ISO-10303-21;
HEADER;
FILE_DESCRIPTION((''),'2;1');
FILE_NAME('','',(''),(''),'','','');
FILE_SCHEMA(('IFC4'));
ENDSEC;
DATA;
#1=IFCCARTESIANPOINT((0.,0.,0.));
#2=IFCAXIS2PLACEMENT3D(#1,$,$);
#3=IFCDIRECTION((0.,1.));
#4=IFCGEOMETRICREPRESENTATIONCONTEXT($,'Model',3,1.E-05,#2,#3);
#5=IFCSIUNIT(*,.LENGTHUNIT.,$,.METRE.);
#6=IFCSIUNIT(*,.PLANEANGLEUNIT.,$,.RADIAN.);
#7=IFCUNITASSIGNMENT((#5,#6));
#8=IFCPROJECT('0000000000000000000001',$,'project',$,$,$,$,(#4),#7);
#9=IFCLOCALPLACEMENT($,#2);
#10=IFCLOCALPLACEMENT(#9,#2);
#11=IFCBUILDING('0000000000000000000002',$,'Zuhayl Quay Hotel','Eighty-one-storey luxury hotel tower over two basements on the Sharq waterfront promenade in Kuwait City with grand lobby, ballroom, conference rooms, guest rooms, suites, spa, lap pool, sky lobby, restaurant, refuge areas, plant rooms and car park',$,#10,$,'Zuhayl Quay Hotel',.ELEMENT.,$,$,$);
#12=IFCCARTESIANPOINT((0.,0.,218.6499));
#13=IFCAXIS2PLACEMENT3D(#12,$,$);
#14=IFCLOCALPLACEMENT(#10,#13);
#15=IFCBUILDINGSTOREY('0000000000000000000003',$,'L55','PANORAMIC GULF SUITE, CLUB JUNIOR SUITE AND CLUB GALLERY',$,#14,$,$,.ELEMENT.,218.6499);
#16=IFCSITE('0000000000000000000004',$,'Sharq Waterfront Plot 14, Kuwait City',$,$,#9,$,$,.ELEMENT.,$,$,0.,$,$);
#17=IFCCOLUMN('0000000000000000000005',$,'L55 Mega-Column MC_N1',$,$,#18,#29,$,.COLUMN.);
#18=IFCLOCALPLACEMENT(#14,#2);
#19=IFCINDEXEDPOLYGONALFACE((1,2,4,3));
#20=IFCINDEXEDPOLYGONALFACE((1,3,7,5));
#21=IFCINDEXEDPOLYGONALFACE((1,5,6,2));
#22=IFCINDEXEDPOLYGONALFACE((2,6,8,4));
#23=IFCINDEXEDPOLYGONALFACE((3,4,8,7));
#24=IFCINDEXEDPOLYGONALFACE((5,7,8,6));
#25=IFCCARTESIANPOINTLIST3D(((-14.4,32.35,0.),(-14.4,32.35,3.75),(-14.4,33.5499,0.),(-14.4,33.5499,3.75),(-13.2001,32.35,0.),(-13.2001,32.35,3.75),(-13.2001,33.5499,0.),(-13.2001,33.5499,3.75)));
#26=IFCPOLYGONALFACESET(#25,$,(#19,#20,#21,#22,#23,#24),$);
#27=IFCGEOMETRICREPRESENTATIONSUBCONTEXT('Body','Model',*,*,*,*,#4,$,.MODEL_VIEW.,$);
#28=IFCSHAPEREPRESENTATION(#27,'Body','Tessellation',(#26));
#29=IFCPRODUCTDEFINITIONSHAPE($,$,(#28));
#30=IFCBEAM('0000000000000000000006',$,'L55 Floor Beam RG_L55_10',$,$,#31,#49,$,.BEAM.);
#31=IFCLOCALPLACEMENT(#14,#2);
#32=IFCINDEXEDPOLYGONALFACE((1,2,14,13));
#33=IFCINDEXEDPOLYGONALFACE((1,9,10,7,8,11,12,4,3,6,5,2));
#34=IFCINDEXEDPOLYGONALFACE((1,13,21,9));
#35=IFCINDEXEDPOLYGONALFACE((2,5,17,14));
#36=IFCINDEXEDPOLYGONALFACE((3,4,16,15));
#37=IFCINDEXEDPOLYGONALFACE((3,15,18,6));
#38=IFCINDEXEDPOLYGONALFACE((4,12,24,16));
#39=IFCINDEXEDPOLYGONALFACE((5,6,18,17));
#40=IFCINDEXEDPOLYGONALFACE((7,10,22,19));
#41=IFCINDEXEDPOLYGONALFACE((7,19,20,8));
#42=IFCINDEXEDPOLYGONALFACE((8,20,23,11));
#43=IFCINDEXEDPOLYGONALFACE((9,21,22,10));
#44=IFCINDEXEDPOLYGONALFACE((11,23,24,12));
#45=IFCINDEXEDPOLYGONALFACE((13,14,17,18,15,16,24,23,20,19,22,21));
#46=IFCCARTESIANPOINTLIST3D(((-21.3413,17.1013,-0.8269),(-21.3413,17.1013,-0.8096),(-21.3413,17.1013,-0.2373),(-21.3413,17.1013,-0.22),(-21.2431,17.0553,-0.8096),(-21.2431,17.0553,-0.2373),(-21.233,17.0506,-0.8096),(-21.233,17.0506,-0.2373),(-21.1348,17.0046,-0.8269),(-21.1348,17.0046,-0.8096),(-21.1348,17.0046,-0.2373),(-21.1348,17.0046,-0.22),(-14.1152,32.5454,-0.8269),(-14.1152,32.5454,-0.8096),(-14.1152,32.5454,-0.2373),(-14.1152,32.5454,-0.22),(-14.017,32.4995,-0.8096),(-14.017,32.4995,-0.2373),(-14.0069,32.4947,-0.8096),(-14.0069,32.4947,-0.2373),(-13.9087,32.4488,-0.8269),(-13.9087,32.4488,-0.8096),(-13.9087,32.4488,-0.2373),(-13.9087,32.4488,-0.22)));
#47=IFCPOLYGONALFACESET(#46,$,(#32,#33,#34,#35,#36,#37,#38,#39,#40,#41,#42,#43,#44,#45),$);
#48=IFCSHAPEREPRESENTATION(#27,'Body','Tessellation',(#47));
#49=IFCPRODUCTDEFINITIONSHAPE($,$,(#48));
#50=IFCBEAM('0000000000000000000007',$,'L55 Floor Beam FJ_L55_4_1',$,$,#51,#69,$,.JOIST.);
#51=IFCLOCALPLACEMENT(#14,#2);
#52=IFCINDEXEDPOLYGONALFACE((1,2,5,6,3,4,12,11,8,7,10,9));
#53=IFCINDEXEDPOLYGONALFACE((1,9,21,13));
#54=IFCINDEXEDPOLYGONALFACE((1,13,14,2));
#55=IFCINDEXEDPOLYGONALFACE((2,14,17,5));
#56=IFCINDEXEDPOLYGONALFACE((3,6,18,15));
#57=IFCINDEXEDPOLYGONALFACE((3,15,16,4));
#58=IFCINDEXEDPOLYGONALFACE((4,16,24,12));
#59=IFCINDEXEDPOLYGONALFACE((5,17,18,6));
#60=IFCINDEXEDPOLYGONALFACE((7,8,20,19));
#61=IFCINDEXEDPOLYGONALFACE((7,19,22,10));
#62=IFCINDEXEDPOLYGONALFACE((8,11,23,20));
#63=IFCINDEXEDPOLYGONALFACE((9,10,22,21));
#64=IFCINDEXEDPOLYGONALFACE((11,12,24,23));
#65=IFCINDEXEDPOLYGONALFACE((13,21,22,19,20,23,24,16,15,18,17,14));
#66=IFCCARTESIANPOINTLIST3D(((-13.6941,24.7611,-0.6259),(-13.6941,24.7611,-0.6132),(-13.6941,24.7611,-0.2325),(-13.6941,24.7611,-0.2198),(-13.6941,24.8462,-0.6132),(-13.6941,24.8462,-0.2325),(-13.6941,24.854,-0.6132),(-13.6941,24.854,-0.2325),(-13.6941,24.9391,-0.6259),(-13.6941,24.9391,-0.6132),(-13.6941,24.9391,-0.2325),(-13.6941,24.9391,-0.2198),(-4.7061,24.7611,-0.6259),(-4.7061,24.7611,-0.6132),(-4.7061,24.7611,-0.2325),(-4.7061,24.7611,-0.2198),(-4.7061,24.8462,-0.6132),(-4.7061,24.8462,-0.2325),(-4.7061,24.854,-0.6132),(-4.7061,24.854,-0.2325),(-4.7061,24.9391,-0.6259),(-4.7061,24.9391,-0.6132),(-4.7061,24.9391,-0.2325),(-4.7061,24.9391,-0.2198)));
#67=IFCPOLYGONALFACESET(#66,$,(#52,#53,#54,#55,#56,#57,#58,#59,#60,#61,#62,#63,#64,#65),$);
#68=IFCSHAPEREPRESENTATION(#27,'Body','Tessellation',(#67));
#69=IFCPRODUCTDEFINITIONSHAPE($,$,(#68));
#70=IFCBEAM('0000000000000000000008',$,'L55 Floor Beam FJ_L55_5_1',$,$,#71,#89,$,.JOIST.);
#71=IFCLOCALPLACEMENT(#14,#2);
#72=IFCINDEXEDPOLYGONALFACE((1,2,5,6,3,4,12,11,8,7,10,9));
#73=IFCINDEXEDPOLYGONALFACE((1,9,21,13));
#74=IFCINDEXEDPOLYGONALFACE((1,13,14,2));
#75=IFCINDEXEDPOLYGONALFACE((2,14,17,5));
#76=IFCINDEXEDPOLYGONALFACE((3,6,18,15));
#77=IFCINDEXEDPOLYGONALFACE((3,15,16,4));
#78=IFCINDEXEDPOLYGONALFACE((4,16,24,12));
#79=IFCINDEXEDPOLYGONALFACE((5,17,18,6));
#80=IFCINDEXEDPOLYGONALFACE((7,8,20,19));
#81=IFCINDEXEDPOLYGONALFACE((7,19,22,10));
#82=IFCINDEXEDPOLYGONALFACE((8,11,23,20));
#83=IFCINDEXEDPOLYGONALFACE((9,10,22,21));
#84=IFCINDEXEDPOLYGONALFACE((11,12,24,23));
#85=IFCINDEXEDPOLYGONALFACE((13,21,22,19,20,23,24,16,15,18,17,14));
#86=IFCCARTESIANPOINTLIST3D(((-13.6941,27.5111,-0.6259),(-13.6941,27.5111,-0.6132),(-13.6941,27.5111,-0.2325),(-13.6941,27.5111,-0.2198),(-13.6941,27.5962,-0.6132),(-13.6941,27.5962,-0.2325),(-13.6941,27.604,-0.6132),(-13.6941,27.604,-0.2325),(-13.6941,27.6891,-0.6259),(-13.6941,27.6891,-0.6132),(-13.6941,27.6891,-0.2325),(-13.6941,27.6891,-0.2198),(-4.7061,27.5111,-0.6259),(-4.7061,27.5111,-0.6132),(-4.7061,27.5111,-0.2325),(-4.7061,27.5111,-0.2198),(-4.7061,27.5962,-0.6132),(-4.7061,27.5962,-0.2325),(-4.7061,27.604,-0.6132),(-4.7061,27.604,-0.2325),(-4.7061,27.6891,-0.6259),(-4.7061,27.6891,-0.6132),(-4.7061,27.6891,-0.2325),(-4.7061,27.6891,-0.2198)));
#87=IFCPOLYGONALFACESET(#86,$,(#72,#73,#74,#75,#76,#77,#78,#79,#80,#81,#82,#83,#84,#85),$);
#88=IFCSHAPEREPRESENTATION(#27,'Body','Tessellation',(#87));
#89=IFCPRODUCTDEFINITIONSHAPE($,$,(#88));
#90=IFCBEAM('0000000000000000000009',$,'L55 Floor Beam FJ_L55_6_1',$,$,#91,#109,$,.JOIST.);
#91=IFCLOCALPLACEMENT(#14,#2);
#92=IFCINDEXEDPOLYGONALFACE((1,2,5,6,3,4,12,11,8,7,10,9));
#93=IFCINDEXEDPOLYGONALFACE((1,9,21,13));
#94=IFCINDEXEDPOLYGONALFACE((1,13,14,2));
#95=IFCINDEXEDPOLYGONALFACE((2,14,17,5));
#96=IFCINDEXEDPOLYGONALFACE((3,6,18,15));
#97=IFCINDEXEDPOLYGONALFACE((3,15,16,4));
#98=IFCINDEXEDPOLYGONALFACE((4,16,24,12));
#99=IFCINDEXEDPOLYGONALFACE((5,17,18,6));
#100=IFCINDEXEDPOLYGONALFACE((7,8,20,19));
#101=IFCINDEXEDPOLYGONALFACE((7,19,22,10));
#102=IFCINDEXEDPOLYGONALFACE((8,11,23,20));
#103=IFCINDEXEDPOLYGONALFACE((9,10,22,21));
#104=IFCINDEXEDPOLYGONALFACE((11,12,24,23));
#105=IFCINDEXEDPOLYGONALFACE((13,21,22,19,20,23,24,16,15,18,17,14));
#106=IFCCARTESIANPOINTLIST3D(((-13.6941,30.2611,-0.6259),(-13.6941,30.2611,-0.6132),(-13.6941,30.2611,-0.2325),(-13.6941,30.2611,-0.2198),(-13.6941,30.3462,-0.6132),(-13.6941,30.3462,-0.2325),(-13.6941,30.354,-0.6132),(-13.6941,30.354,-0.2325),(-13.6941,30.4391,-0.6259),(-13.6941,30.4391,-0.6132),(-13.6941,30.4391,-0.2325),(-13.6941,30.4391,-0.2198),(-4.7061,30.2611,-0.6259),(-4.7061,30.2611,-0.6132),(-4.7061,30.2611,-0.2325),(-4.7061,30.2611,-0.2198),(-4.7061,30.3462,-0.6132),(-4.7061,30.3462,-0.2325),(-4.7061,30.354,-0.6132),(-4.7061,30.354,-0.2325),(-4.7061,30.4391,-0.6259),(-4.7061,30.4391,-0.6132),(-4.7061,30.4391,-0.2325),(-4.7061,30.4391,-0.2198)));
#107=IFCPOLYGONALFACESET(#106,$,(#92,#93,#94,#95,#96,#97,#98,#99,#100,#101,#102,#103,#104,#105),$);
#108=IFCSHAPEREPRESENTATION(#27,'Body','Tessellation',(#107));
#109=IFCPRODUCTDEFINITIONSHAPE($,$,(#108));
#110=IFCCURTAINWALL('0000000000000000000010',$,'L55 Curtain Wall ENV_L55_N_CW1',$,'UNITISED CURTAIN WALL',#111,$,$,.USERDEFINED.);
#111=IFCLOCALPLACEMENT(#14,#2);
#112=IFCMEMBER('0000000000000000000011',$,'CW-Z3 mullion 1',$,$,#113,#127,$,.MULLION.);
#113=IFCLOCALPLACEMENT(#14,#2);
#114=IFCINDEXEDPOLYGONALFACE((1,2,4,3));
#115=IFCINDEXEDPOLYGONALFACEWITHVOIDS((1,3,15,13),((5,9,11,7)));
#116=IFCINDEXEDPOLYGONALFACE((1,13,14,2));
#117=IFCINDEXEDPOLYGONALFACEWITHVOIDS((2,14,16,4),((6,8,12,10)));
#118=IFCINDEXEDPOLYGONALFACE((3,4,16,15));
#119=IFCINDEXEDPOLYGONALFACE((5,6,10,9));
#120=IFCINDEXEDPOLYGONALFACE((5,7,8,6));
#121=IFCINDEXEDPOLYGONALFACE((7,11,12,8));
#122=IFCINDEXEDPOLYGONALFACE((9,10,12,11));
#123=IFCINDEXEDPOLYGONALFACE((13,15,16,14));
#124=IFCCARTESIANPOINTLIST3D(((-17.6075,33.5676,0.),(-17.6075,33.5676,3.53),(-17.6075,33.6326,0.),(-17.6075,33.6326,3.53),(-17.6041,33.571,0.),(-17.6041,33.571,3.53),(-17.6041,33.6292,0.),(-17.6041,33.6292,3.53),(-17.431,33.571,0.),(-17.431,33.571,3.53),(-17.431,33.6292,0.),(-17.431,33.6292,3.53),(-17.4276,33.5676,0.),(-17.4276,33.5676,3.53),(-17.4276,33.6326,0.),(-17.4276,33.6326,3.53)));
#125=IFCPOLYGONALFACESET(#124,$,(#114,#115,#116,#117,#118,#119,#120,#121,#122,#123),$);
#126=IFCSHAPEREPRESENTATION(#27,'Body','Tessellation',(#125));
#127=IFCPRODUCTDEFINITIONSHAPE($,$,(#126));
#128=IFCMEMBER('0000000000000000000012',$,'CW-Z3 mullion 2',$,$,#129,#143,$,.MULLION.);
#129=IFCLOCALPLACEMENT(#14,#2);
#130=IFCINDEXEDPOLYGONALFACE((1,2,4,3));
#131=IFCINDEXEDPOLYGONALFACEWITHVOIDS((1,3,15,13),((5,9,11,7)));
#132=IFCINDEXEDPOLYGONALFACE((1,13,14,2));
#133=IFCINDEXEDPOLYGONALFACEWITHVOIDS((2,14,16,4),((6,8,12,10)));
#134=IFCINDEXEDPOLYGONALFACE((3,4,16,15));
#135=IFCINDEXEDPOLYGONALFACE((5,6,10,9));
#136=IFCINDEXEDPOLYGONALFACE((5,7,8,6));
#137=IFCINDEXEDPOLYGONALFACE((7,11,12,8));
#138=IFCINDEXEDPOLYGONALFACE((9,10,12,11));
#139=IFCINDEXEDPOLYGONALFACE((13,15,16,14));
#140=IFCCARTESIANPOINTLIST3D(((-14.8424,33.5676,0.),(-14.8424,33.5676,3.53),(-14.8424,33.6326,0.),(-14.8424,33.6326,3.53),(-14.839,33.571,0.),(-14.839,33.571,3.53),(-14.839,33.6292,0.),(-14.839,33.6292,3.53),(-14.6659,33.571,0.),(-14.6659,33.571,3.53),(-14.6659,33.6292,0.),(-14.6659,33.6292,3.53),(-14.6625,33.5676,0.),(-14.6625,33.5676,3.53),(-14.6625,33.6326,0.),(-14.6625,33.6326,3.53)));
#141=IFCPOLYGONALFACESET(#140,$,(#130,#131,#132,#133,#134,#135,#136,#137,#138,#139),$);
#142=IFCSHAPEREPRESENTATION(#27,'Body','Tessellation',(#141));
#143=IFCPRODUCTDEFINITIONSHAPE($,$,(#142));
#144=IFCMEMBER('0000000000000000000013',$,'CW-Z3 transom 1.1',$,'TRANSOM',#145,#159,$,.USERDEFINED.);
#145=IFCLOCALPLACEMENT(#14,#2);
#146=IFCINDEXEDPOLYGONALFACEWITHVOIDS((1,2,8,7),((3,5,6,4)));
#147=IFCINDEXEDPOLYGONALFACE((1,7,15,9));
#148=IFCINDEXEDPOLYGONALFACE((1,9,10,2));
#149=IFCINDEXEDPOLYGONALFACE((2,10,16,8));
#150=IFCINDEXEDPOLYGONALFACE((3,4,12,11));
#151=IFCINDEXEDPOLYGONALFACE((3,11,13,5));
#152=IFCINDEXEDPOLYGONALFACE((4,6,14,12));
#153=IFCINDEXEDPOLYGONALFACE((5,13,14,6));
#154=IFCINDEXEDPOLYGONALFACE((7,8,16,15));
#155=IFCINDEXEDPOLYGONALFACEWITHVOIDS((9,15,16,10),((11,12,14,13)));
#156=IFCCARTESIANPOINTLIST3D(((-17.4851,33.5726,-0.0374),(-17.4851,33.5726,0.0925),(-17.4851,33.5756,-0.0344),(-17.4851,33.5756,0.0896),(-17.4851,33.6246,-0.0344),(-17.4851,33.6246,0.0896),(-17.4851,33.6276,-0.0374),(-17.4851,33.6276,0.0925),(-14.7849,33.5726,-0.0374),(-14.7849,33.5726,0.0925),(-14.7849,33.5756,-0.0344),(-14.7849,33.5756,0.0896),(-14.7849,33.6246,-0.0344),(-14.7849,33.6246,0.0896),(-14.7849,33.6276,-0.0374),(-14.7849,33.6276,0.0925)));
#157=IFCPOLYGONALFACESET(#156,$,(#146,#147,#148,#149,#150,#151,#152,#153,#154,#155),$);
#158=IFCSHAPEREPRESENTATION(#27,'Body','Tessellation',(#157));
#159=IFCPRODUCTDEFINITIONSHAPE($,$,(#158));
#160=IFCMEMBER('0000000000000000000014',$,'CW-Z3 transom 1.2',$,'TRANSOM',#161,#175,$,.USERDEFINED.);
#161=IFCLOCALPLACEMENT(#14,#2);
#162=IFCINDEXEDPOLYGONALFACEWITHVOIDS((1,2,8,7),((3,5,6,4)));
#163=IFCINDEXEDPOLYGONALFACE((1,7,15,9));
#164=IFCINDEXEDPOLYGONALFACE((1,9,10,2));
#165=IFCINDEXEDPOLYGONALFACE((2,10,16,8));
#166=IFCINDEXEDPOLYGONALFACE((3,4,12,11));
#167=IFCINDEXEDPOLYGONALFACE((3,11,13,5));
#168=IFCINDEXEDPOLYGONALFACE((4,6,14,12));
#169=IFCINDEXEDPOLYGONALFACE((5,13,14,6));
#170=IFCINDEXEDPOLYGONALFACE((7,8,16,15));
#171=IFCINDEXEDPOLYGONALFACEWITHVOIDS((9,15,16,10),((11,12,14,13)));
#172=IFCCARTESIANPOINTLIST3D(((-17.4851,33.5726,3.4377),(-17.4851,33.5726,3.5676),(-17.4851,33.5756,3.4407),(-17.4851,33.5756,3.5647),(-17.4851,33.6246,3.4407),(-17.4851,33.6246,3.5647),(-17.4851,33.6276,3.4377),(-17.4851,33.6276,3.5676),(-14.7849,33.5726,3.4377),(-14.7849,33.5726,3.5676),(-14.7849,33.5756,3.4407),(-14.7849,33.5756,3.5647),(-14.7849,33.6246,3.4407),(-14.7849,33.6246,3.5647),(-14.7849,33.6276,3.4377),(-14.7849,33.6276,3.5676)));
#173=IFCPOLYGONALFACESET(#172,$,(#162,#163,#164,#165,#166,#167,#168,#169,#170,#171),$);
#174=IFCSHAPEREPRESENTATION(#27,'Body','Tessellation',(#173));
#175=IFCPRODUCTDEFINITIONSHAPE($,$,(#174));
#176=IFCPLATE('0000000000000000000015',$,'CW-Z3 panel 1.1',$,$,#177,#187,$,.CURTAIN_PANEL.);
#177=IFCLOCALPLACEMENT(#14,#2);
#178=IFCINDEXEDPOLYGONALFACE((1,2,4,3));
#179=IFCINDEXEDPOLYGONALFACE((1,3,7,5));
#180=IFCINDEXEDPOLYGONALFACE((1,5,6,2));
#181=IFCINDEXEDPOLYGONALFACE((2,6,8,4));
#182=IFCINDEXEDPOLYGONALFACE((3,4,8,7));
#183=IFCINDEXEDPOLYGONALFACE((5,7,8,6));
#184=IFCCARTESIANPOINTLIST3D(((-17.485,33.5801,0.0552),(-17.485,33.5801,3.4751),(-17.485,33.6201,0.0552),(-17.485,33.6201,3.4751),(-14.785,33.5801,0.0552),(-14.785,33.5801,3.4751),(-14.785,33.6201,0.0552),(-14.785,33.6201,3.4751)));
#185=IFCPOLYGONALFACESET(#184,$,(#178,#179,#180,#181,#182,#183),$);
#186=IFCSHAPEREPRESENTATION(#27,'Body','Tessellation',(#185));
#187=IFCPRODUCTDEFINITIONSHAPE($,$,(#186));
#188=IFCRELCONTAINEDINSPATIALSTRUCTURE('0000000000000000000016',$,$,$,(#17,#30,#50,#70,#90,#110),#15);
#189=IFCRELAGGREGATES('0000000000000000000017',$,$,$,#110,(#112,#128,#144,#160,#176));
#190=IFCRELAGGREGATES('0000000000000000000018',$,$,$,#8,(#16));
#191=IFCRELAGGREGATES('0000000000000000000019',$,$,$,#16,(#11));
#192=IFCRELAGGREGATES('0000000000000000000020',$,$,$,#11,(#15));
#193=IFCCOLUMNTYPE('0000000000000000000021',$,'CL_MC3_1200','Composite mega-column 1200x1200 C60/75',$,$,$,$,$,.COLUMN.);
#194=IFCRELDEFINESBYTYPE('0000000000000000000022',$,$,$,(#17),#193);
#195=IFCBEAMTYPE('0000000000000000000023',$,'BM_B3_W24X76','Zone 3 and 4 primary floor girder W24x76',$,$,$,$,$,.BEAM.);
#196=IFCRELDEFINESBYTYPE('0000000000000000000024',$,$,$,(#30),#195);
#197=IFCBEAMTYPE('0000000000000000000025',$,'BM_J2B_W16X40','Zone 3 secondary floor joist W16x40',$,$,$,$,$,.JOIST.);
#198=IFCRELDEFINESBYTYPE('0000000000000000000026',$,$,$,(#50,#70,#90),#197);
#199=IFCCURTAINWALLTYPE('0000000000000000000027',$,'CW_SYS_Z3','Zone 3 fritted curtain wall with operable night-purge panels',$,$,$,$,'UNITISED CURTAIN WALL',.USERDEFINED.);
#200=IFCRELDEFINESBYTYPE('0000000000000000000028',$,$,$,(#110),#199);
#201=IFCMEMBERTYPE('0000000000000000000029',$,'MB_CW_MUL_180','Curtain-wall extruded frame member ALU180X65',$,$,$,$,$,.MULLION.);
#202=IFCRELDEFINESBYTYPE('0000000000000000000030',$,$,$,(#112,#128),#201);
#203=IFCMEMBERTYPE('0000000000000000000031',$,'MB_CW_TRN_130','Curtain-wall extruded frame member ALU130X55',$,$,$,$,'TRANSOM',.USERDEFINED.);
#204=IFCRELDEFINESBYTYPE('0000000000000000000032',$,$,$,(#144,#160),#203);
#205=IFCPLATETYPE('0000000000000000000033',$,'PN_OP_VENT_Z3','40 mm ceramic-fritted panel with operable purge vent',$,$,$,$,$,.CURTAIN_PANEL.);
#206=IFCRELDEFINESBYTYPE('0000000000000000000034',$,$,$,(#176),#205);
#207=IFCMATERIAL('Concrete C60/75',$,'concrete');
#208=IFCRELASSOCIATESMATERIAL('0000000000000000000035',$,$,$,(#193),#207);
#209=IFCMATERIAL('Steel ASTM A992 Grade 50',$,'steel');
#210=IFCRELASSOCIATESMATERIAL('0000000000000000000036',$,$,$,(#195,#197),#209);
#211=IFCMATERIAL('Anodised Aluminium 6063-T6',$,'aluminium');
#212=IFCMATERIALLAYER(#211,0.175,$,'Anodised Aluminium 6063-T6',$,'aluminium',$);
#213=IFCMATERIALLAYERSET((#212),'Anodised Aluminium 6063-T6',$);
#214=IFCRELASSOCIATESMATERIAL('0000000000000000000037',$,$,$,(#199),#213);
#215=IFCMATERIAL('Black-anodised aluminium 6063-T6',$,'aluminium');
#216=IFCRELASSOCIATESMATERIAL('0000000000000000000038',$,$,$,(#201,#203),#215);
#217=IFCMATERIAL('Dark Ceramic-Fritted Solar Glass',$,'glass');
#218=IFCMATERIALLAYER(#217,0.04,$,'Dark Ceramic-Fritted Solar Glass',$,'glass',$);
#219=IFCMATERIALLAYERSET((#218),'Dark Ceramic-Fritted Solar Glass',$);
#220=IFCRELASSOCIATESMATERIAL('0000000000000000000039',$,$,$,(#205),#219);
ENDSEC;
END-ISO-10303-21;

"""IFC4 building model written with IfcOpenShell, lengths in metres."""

from ifc_helpers import new_model, si_unit, direction, frame, origin, origin_2d, place, context, subcontext, project, spatial, rectangle, hollow_rectangle, i_section, extrude, material, layer, layer_set, material_profile, profile_set, type_object, element, aggregate, save


model = new_model("IFC4")

# Units and contexts
model_context = context("Model", 3, precision=1e-05, world=origin(), true_north=direction((0.0, 1.0)))
body_context = subcontext(model_context, "Body", "Model", "MODEL_VIEW")
ifc_project = project(units=[si_unit("LENGTHUNIT", "METRE"), si_unit("PLANEANGLEUNIT", "RADIAN")], contexts=[model_context])

# Site, building, storey
site_placement = place(None, origin())
site = spatial("IfcSite", under=ifc_project, at=site_placement, Name="Sharq Waterfront Plot 14, Kuwait City", CompositionType="ELEMENT", RefElevation=0.0)
building_placement = place(site_placement, origin())
building = spatial("IfcBuilding", under=site, at=building_placement, Name="Zuhayl Quay Hotel", Description="Eighty-one-storey luxury hotel tower over two basements on the Sharq waterfront promenade in Kuwait City with grand lobby, ballroom, conference rooms, guest rooms, suites, spa, lap pool, sky lobby, restaurant, refuge areas, plant rooms and car park", LongName="Zuhayl Quay Hotel", CompositionType="ELEMENT")
storey_placement = place(building_placement, frame((0.0, 0.0, 218.6499)))
storey = spatial("IfcBuildingStorey", under=building, at=storey_placement, Name="L55", Description="PANORAMIC GULF SUITE, CLUB JUNIOR SUITE AND CLUB GALLERY", CompositionType="ELEMENT", Elevation=218.6499)

# Column
ifc_material_1 = material(Name="Concrete C60/75", Category="concrete")
ifc_material_profile_1 = material_profile(ifc_material_1, rectangle(XDim=1.2, YDim=1.2, at=origin_2d()), Name="RC1200X1200")
ifc_profile_set_1 = profile_set([ifc_material_profile_1], Name="Concrete C60/75")
column_type = type_object("IfcColumnType", Name="CL_MC3_1200", Description="Composite mega-column 1200x1200 C60/75", PredefinedType="COLUMN", material=ifc_profile_set_1)
column_placement = place(storey_placement, frame((-13.8, 32.95, 0.0), z_axis=(0.0, 0.0, 1.0), x_axis=(1.0, 0.0, 0.0)))
element("IfcColumn", 1, at=column_placement, inside=storey, type_object=column_type, Name="L55 Mega-Column MC_N1", PredefinedType="COLUMN", context=body_context, shape_type="SweptSolid", body=[
    extrude(rectangle(XDim=1.2, YDim=1.2, at=origin_2d()), origin(), (0.0, 0.0, 1.0), 3.75),
])

# Beams
ifc_material_2 = material(Name="Steel ASTM A992 Grade 50", Category="steel")
ifc_material_profile_2 = material_profile(ifc_material_2, i_section(OverallWidth=0.228, OverallDepth=0.6069, WebThickness=0.0112, FlangeThickness=0.0173, at=origin_2d()), Name="W24X76")
ifc_profile_set_2 = profile_set([ifc_material_profile_2], Name="Steel ASTM A992 Grade 50")
beam_type_1 = type_object("IfcBeamType", Name="BM_B3_W24X76", Description="Zone 3 and 4 primary floor girder W24x76", PredefinedType="BEAM", material=ifc_profile_set_2)
beam_placement = place(storey_placement, frame((-14.012, 32.4971, -0.5234), z_axis=(-0.423792, -0.905759, 0.0), x_axis=(0.905759, -0.423792, 0.0)))
element("IfcBeam", 2, at=beam_placement, inside=storey, type_object=beam_type_1, Name="L55 Floor Beam RG_L55_10", PredefinedType="BEAM", context=body_context, shape_type="SweptSolid", body=[
    extrude(i_section(OverallWidth=0.228, OverallDepth=0.6069, WebThickness=0.0112, FlangeThickness=0.0173, at=origin_2d()), origin(), (0.0, 0.0, 1.0), 17.051),
])
ifc_material_profile_3 = material_profile(ifc_material_2, i_section(OverallWidth=0.178, OverallDepth=0.406, WebThickness=0.0078, FlangeThickness=0.0127, at=origin_2d()), Name="W16X40")
ifc_profile_set_3 = profile_set([ifc_material_profile_3], Name="Steel ASTM A992 Grade 50")
beam_type_2 = type_object("IfcBeamType", Name="BM_J2B_W16X40", Description="Zone 3 secondary floor joist W16x40", PredefinedType="JOIST", material=ifc_profile_set_3)
for number, where, z_axis, x_axis, name in (
    (3, (-13.6941, 24.8501, -0.4229), (1.0, 0.0, 0.0), (0.0, 1.0, 0.0), "L55 Floor Beam FJ_L55_4_1"),
    (4, (-13.6941, 27.6001, -0.4229), (1.0, 0.0, 0.0), (0.0, 1.0, 0.0), "L55 Floor Beam FJ_L55_5_1"),
    (5, (-13.6941, 30.3501, -0.4229), (1.0, 0.0, 0.0), (0.0, 1.0, 0.0), "L55 Floor Beam FJ_L55_6_1"),
):
    element("IfcBeam", number, at=place(storey_placement, frame(where, z_axis=z_axis, x_axis=x_axis)), inside=storey, type_object=beam_type_2, Name=name, PredefinedType="JOIST", context=body_context, shape_type="SweptSolid", body=[
        extrude(i_section(OverallWidth=0.178, OverallDepth=0.406, WebThickness=0.0078, FlangeThickness=0.0127, at=origin_2d()), origin(), (0.0, 0.0, 1.0), 8.988),
    ])

# Curtain wall, members, plate
ifc_material_3 = material(Name="Anodised Aluminium 6063-T6", Category="aluminium")
ifc_layer_1 = layer(ifc_material_3, 0.175, Name="Anodised Aluminium 6063-T6", Category="aluminium")
ifc_layer_set_1 = layer_set([ifc_layer_1], Name="Anodised Aluminium 6063-T6")
curtain_wall_type = type_object("IfcCurtainWallType", Name="CW_SYS_Z3", Description="Zone 3 fritted curtain wall with operable night-purge panels", ElementType="UNITISED CURTAIN WALL", PredefinedType="USERDEFINED", material=ifc_layer_set_1)
curtain_wall_placement = place(storey_placement, origin())
curtain_wall = element("IfcCurtainWall", 6, at=curtain_wall_placement, inside=storey, type_object=curtain_wall_type, Name="L55 Curtain Wall ENV_L55_N_CW1", ObjectType="UNITISED CURTAIN WALL", PredefinedType="USERDEFINED")
ifc_material_4 = material(Name="Black-anodised aluminium 6063-T6", Category="aluminium")
ifc_material_profile_4 = material_profile(ifc_material_4, hollow_rectangle(XDim=0.0649, YDim=0.1799, WallThickness=0.0034, at=origin_2d()), Name="ALU180X65")
ifc_profile_set_4 = profile_set([ifc_material_profile_4], Name="Black-anodised aluminium 6063-T6")
member_type_1 = type_object("IfcMemberType", Name="MB_CW_MUL_180", Description="Curtain-wall extruded frame member ALU180X65", PredefinedType="MULLION", material=ifc_profile_set_4)
member_1_placement = place(storey_placement, frame((-17.5176, 33.6001, 0.0), z_axis=(0.0, 0.0, 1.0), x_axis=(0.0, 1.0, 0.0)))
member_1 = element("IfcMember", 7, at=member_1_placement, type_object=member_type_1, Name="CW-Z3 mullion 1", PredefinedType="MULLION", context=body_context, shape_type="SweptSolid", body=[
    extrude(hollow_rectangle(XDim=0.0649, YDim=0.1799, WallThickness=0.0034, at=origin_2d()), origin(), (0.0, 0.0, 1.0), 3.53),
])
member_2_placement = place(storey_placement, frame((-14.7524, 33.6001, 0.0), z_axis=(0.0, 0.0, 1.0), x_axis=(0.0, 1.0, 0.0)))
member_2 = element("IfcMember", 8, at=member_2_placement, type_object=member_type_1, Name="CW-Z3 mullion 2", PredefinedType="MULLION", context=body_context, shape_type="SweptSolid", body=[
    extrude(hollow_rectangle(XDim=0.0649, YDim=0.1799, WallThickness=0.0034, at=origin_2d()), origin(), (0.0, 0.0, 1.0), 3.53),
])
ifc_material_profile_5 = material_profile(ifc_material_4, hollow_rectangle(XDim=0.0549, YDim=0.1299, WallThickness=0.0029, at=origin_2d()), Name="ALU130X55")
ifc_profile_set_5 = profile_set([ifc_material_profile_5], Name="Black-anodised aluminium 6063-T6")
member_type_2 = type_object("IfcMemberType", Name="MB_CW_TRN_130", Description="Curtain-wall extruded frame member ALU130X55", ElementType="TRANSOM", PredefinedType="USERDEFINED", material=ifc_profile_set_5)
member_3_placement = place(storey_placement, frame((-17.4851, 33.6001, 0.0276), z_axis=(1.0, 0.0, 0.0), x_axis=(0.0, 1.0, 0.0)))
member_3 = element("IfcMember", 9, at=member_3_placement, type_object=member_type_2, Name="CW-Z3 transom 1.1", ObjectType="TRANSOM", PredefinedType="USERDEFINED", context=body_context, shape_type="SweptSolid", body=[
    extrude(hollow_rectangle(XDim=0.0549, YDim=0.1299, WallThickness=0.0029, at=origin_2d()), origin(), (0.0, 0.0, 1.0), 2.7002),
])
member_4_placement = place(storey_placement, frame((-17.4851, 33.6001, 3.5027), z_axis=(1.0, 0.0, 0.0), x_axis=(0.0, 1.0, 0.0)))
member_4 = element("IfcMember", 10, at=member_4_placement, type_object=member_type_2, Name="CW-Z3 transom 1.2", ObjectType="TRANSOM", PredefinedType="USERDEFINED", context=body_context, shape_type="SweptSolid", body=[
    extrude(hollow_rectangle(XDim=0.0549, YDim=0.1299, WallThickness=0.0029, at=origin_2d()), origin(), (0.0, 0.0, 1.0), 2.7002),
])
ifc_material_5 = material(Name="Dark Ceramic-Fritted Solar Glass", Category="glass")
ifc_layer_2 = layer(ifc_material_5, 0.04, Name="Dark Ceramic-Fritted Solar Glass", Category="glass")
ifc_layer_set_2 = layer_set([ifc_layer_2], Name="Dark Ceramic-Fritted Solar Glass")
plate_type = type_object("IfcPlateType", Name="PN_OP_VENT_Z3", Description="40 mm ceramic-fritted panel with operable purge vent", PredefinedType="CURTAIN_PANEL", material=ifc_layer_set_2)
plate_placement = place(storey_placement, frame((-16.135, 33.6001, 0.0552), z_axis=(0.0, 0.0, 1.0), x_axis=(1.0, 0.0, 0.0)))
plate = element("IfcPlate", 11, at=plate_placement, type_object=plate_type, Name="CW-Z3 panel 1.1", PredefinedType="CURTAIN_PANEL", context=body_context, shape_type="SweptSolid", body=[
    extrude(rectangle(XDim=2.7, YDim=0.04, at=origin_2d()), origin(), (0.0, 0.0, 1.0), 3.4199),
])
aggregate(curtain_wall, [member_1, member_2, member_3, member_4, plate])

save(model, "model.ifc")
